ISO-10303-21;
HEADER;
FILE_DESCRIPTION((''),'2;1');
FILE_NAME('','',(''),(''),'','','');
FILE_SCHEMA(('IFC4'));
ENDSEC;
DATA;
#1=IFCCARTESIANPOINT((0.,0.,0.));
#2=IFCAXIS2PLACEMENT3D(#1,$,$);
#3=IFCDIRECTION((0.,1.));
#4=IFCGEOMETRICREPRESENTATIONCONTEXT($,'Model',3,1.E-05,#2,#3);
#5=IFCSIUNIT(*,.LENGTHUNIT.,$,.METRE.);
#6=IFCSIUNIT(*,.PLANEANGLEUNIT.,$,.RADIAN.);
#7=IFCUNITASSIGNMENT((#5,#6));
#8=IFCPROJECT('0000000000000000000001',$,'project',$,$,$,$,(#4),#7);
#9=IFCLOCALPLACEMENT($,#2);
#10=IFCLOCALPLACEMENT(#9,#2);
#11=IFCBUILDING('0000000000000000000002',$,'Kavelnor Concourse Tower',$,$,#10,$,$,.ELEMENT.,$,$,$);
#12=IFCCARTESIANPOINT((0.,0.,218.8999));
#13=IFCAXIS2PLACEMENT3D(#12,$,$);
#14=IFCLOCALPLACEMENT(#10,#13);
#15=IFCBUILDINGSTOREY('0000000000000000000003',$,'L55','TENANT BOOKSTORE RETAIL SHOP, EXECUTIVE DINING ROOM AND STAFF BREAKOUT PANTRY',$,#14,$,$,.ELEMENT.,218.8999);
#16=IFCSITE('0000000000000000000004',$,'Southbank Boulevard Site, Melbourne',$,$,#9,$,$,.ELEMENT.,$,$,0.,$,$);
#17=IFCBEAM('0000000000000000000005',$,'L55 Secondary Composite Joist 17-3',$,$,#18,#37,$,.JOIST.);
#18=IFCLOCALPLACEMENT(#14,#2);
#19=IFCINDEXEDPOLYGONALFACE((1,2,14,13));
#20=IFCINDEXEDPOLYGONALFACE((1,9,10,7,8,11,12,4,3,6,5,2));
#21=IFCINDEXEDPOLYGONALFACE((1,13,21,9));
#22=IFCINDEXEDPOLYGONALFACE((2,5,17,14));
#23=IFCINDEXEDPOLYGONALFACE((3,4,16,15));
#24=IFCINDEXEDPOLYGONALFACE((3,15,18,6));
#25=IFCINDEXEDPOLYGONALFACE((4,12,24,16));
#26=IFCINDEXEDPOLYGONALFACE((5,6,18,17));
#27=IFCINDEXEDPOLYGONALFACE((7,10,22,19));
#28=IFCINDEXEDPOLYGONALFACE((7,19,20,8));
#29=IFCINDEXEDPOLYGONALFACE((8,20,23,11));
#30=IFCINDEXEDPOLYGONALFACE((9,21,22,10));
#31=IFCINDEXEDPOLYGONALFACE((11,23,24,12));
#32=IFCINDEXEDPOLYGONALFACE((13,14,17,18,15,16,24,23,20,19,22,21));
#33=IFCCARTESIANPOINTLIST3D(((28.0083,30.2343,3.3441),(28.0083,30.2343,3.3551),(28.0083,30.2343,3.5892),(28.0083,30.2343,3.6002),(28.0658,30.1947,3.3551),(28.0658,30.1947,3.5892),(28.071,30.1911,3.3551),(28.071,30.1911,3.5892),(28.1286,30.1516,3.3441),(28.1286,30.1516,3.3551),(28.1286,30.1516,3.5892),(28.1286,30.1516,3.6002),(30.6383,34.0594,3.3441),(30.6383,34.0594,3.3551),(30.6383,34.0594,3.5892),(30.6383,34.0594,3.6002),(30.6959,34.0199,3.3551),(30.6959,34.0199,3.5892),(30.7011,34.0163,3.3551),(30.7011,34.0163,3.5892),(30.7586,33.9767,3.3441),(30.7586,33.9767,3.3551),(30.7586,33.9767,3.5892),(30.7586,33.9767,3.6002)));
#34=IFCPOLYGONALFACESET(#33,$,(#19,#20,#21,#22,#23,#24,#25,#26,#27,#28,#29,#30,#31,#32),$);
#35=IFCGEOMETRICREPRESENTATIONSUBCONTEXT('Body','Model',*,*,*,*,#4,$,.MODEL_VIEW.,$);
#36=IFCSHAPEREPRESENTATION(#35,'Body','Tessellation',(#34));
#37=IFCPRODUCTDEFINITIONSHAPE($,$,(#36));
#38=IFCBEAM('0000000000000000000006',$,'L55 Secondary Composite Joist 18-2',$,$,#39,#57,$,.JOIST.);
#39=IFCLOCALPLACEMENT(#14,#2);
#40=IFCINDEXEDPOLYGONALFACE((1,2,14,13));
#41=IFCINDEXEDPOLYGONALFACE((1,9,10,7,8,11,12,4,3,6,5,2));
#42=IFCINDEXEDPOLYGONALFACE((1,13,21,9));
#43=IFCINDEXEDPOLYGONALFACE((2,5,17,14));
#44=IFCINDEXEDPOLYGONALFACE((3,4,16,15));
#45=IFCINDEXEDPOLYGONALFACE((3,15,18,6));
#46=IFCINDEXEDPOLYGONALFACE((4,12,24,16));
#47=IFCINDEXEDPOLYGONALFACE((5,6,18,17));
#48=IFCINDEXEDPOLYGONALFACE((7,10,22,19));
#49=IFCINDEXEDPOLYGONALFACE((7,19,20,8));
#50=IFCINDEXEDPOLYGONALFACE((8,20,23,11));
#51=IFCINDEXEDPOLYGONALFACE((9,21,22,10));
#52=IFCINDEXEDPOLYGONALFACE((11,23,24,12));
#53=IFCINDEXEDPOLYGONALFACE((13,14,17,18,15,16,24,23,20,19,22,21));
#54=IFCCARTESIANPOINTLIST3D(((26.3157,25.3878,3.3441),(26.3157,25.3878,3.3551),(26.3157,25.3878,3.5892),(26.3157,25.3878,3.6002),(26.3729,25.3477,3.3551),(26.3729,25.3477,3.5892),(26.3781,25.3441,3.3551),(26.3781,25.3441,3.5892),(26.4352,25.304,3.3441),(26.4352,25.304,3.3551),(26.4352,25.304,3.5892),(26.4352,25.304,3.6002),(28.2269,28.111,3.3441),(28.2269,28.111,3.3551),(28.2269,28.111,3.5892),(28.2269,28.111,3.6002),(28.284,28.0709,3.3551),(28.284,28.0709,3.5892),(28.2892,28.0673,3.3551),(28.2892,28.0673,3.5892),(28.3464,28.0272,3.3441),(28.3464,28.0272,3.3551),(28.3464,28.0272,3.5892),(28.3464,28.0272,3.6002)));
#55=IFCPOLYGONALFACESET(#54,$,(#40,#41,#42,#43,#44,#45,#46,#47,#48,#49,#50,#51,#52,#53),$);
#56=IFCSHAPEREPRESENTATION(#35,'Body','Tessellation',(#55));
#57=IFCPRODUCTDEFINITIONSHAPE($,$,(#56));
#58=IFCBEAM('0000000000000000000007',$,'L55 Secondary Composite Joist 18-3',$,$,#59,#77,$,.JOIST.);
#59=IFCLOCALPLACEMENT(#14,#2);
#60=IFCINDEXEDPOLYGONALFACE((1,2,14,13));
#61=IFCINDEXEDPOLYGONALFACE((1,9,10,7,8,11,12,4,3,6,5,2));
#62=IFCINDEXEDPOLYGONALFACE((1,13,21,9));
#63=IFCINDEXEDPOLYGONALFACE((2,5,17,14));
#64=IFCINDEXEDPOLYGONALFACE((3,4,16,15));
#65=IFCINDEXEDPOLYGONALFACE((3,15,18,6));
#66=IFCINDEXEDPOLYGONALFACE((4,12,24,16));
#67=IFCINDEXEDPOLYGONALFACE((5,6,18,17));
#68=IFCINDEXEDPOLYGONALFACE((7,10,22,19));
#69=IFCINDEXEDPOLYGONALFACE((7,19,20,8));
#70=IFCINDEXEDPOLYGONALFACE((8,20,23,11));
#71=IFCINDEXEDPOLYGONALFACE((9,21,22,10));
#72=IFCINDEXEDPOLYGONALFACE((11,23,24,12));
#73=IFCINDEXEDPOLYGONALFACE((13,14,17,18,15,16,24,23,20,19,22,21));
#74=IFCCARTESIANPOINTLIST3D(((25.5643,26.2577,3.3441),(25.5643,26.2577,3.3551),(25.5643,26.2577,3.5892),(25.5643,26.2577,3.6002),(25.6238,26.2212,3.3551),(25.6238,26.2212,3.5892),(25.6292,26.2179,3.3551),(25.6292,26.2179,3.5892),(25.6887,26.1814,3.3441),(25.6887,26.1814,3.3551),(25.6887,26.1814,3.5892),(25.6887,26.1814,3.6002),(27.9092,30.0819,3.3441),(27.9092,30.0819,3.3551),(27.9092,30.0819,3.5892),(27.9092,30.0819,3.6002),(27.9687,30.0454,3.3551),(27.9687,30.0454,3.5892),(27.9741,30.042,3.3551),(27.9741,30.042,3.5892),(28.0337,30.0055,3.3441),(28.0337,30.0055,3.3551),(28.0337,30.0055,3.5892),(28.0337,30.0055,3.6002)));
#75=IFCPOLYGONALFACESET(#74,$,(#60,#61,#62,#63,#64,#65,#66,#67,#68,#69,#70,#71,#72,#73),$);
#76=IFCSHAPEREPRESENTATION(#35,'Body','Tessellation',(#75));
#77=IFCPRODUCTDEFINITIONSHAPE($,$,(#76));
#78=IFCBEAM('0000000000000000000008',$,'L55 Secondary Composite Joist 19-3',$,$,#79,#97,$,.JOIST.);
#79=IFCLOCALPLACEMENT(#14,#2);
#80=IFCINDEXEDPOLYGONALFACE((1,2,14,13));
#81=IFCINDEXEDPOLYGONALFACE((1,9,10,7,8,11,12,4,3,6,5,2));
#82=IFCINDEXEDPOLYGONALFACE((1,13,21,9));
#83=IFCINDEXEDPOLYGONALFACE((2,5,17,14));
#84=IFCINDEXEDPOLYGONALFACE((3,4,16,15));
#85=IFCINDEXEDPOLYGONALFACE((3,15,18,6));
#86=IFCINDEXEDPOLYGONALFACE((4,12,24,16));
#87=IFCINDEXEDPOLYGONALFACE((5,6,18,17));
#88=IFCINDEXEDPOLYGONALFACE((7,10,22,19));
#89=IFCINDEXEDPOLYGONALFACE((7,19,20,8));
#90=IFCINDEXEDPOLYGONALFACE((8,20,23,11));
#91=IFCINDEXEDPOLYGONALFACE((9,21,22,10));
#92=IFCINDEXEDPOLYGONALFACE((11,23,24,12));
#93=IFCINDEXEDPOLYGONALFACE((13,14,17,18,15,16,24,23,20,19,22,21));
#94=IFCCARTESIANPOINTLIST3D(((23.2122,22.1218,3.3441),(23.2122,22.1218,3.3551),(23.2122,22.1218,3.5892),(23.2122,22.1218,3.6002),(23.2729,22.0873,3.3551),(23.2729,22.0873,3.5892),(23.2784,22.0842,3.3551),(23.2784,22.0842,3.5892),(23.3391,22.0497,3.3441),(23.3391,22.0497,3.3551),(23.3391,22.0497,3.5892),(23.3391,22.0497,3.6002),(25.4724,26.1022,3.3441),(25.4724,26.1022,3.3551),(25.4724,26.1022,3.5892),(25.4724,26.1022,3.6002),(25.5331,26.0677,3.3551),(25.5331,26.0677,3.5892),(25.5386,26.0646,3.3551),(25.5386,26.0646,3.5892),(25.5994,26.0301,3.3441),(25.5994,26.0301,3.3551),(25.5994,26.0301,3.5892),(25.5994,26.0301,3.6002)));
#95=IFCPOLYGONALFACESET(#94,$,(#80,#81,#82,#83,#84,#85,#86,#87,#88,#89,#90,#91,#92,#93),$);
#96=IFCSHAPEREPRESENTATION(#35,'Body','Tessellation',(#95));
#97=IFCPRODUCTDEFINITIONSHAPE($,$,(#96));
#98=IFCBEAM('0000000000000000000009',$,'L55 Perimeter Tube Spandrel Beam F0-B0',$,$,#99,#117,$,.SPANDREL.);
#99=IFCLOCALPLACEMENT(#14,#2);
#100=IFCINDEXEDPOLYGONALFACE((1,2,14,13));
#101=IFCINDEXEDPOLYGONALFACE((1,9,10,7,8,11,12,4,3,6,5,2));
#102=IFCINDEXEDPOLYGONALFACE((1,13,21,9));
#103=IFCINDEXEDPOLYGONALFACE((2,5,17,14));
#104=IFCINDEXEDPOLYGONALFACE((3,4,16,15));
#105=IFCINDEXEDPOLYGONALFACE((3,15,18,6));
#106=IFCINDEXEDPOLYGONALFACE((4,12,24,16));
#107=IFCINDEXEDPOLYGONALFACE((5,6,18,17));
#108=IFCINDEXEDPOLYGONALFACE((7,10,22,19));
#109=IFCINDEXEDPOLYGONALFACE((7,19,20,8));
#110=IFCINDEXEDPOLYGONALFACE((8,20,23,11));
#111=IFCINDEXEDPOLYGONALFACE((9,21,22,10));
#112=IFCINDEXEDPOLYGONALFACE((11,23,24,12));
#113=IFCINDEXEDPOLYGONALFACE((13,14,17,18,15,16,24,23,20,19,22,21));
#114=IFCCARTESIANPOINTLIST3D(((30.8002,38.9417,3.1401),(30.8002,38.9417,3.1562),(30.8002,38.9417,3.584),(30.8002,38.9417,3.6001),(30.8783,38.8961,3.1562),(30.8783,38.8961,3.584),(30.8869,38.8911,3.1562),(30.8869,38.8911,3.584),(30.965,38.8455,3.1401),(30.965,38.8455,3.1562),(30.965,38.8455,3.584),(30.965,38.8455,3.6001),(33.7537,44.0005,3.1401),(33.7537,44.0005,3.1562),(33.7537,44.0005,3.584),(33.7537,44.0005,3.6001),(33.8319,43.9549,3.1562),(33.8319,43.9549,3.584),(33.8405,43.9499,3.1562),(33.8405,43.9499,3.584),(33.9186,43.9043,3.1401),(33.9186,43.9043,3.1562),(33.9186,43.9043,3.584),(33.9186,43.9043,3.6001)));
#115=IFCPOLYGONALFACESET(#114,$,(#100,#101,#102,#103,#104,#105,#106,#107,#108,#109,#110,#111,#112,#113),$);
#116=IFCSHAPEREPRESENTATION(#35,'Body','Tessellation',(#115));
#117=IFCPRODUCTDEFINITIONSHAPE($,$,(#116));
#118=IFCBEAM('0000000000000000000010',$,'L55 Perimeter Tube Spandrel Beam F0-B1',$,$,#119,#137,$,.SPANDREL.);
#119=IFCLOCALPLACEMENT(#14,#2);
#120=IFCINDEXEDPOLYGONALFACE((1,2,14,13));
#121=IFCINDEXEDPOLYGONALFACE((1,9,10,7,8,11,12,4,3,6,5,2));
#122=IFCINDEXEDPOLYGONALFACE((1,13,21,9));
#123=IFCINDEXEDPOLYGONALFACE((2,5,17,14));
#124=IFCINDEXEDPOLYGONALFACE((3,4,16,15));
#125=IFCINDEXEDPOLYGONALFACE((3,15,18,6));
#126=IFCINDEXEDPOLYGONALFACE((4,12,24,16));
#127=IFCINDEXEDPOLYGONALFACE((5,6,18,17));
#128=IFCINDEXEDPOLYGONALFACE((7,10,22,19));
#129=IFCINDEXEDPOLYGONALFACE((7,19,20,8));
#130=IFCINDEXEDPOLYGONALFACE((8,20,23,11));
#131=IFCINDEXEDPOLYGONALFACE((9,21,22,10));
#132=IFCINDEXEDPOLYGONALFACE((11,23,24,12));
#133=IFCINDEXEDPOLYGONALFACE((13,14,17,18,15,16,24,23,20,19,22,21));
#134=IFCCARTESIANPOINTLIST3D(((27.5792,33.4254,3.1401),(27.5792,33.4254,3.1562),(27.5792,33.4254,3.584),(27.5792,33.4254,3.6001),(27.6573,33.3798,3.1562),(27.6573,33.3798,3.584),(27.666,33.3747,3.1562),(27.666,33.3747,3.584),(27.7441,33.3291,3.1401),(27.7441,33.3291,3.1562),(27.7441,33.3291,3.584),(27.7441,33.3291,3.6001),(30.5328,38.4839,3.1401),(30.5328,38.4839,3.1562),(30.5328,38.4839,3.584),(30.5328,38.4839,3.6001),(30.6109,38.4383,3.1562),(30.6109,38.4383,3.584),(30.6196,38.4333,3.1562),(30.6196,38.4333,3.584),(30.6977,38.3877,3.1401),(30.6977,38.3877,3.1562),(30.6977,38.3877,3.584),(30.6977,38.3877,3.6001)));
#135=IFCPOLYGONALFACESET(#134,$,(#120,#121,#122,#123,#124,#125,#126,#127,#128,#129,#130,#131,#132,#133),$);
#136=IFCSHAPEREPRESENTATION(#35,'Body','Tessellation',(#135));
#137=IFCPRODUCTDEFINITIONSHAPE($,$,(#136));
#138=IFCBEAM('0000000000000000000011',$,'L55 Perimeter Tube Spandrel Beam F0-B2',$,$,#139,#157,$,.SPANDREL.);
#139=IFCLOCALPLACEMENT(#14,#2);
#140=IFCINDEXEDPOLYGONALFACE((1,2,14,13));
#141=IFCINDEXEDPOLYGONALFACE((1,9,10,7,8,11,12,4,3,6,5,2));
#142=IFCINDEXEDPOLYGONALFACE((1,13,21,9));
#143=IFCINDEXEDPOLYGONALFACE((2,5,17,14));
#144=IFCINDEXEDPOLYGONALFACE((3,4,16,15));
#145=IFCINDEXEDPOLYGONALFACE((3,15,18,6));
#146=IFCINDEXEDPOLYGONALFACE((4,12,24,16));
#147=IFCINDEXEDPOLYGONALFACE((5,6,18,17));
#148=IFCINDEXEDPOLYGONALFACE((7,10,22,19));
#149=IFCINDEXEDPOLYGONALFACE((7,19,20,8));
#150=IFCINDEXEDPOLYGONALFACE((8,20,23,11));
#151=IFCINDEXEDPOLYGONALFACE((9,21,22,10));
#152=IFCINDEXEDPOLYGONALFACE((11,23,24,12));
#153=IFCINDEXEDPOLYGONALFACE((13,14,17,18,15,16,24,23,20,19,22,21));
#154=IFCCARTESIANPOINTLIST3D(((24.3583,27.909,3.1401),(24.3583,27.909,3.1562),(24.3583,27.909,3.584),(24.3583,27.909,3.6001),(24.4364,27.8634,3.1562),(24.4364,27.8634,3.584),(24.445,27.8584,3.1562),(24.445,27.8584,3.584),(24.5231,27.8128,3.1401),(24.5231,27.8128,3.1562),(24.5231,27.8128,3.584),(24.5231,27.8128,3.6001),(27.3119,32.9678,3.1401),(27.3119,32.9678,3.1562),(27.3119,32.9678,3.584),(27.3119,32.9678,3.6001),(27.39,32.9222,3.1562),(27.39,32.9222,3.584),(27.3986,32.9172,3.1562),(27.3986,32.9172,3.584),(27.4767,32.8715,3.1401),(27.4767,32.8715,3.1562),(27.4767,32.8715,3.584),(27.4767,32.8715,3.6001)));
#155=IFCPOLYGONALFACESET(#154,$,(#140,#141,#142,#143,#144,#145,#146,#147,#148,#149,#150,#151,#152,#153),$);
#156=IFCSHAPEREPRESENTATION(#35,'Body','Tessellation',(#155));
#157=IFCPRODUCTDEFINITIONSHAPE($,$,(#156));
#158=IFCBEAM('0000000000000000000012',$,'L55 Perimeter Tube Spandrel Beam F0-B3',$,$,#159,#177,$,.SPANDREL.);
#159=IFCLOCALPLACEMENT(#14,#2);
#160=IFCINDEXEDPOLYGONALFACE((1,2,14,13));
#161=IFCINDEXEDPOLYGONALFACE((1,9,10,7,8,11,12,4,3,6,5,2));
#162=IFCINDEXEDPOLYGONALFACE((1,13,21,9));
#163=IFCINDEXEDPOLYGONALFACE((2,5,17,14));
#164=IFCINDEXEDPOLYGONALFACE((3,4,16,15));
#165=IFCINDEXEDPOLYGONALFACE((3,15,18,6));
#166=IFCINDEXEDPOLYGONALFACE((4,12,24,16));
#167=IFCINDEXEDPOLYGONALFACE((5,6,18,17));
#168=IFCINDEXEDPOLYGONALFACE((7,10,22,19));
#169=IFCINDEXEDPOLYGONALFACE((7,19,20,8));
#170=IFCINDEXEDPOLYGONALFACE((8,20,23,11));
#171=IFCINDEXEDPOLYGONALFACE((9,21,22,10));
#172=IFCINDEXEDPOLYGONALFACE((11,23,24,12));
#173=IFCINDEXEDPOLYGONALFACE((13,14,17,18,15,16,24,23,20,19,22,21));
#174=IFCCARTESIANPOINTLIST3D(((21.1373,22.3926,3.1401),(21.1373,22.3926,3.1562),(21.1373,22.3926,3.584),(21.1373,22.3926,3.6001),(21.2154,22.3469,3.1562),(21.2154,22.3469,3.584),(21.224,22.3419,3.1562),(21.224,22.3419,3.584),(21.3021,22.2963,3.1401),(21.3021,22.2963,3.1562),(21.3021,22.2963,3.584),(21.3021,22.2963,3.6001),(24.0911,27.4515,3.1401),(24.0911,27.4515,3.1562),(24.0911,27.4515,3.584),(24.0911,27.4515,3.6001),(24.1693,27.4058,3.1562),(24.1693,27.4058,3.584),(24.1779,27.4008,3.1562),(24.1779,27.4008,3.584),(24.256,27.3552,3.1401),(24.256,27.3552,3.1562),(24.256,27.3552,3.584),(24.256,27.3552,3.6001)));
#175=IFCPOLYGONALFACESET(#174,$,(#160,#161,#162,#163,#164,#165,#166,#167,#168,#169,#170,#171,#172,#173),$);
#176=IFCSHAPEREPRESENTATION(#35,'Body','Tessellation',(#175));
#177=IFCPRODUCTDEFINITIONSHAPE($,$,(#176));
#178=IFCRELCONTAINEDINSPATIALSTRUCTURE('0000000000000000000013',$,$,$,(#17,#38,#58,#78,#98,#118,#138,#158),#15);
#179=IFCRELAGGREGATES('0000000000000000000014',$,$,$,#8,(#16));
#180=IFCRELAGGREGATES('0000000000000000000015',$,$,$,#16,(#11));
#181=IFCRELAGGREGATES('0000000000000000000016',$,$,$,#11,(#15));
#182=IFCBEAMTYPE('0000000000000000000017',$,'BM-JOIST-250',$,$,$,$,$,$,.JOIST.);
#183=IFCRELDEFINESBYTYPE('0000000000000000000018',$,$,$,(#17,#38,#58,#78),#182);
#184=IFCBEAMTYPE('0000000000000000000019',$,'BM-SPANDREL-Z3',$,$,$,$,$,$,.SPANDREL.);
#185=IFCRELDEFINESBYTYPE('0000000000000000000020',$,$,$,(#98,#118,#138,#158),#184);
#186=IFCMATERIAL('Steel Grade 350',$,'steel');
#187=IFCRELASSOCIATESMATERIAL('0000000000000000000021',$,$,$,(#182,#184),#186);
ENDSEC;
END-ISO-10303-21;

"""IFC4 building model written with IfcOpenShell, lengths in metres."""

from ifc_helpers import new_model, si_unit, direction, frame, origin, origin_2d, place, context, subcontext, project, spatial, i_section, extrude, material, material_profile, profile_set, type_object, element, save


model = new_model("IFC4")

# Units and contexts
model_context = context("Model", 3, precision=1e-05, world=origin(), true_north=direction((0.0, 1.0)))
body_context = subcontext(model_context, "Body", "Model", "MODEL_VIEW")
ifc_project = project(units=[si_unit("LENGTHUNIT", "METRE"), si_unit("PLANEANGLEUNIT", "RADIAN")], contexts=[model_context])

# Site, building, storey
site_placement = place(None, origin())
site = spatial("IfcSite", under=ifc_project, at=site_placement, Name="Southbank Boulevard Site, Melbourne", CompositionType="ELEMENT", RefElevation=0.0)
building_placement = place(site_placement, origin())
building = spatial("IfcBuilding", under=site, at=building_placement, Name="Kavelnor Concourse Tower", CompositionType="ELEMENT")
storey_placement = place(building_placement, frame((0.0, 0.0, 218.8999)))
storey = spatial("IfcBuildingStorey", under=building, at=storey_placement, Name="L55", Description="TENANT BOOKSTORE RETAIL SHOP, EXECUTIVE DINING ROOM AND STAFF BREAKOUT PANTRY", CompositionType="ELEMENT", Elevation=218.8999)

# Shared definitions
ifc_material_1 = material(Name="Steel Grade 350", Category="steel")

# Beams
ifc_material_profile_1 = material_profile(ifc_material_1, i_section(OverallWidth=0.146, OverallDepth=0.2561, WebThickness=0.0063, FlangeThickness=0.011, at=origin_2d()), Name="250UB37")
ifc_profile_set_1 = profile_set([ifc_material_profile_1], Name="Steel Grade 350")
beam_type_1 = type_object("IfcBeamType", Name="BM-JOIST-250", PredefinedType="JOIST", material=ifc_profile_set_1)
beam_1_placement = place(storey_placement, frame((30.6985, 34.0181, 3.4722), z_axis=(-0.566573, -0.824011, 0.0), x_axis=(0.824011, -0.566573, 0.0)))
element("IfcBeam", 1, at=beam_1_placement, inside=storey, type_object=beam_type_1, Name="L55 Secondary Composite Joist 17-3", PredefinedType="JOIST", context=body_context, shape_type="SweptSolid", body=[
    extrude(i_section(OverallWidth=0.146, OverallDepth=0.2561, WebThickness=0.0063, FlangeThickness=0.011, at=origin_2d()), origin(), (0.0, 0.0, 1.0), 4.6421),
])
beam_2_placement = place(storey_placement, frame((28.2866, 28.0691, 3.4722), z_axis=(-0.574457, -0.818535, 0.0), x_axis=(0.818535, -0.574457, 0.0)))
element("IfcBeam", 2, at=beam_2_placement, inside=storey, type_object=beam_type_1, Name="L55 Secondary Composite Joist 18-2", PredefinedType="JOIST", context=body_context, shape_type="SweptSolid", body=[
    extrude(i_section(OverallWidth=0.146, OverallDepth=0.2561, WebThickness=0.0063, FlangeThickness=0.011, at=origin_2d()), origin(), (0.0, 0.0, 1.0), 3.3269),
])
beam_3_placement = place(storey_placement, frame((27.9714, 30.0437, 3.4722), z_axis=(-0.522739, -0.852493, 0.0), x_axis=(0.852493, -0.522739, 0.0)))
element("IfcBeam", 3, at=beam_3_placement, inside=storey, type_object=beam_type_1, Name="L55 Secondary Composite Joist 18-3", PredefinedType="JOIST", context=body_context, shape_type="SweptSolid", body=[
    extrude(i_section(OverallWidth=0.146, OverallDepth=0.2561, WebThickness=0.0063, FlangeThickness=0.011, at=origin_2d()), origin(), (0.0, 0.0, 1.0), 4.4858),
])
beam_4_placement = place(storey_placement, frame((25.5359, 26.0662, 3.4722), z_axis=(-0.493782, -0.869586, 0.0), x_axis=(0.869586, -0.493782, 0.0)))
element("IfcBeam", 4, at=beam_4_placement, inside=storey, type_object=beam_type_1, Name="L55 Secondary Composite Joist 19-3", PredefinedType="JOIST", context=body_context, shape_type="SweptSolid", body=[
    extrude(i_section(OverallWidth=0.146, OverallDepth=0.2561, WebThickness=0.0063, FlangeThickness=0.011, at=origin_2d()), origin(), (0.0, 0.0, 1.0), 4.5774),
])
ifc_material_profile_2 = material_profile(ifc_material_1, i_section(OverallWidth=0.1909, OverallDepth=0.46, WebThickness=0.01, FlangeThickness=0.0161, at=origin_2d()), Name="460UB82")
ifc_profile_set_2 = profile_set([ifc_material_profile_2], Name="Steel Grade 350")
beam_type_2 = type_object("IfcBeamType", Name="BM-SPANDREL-Z3", PredefinedType="SPANDREL", material=ifc_profile_set_2)
beam_5_placement = place(storey_placement, frame((33.8362, 43.9524, 3.3701), z_axis=(-0.504205, -0.863584, 0.0), x_axis=(0.863584, -0.504205, 0.0)))
element("IfcBeam", 5, at=beam_5_placement, inside=storey, type_object=beam_type_2, Name="L55 Perimeter Tube Spandrel Beam F0-B0", PredefinedType="SPANDREL", context=body_context, shape_type="SweptSolid", body=[
    extrude(i_section(OverallWidth=0.1909, OverallDepth=0.46, WebThickness=0.01, FlangeThickness=0.0161, at=origin_2d()), origin(), (0.0, 0.0, 1.0), 5.8579),
])
beam_6_placement = place(storey_placement, frame((30.6152, 38.4358, 3.3701), z_axis=(-0.504223, -0.863573, 0.0), x_axis=(0.863573, -0.504223, 0.0)))
element("IfcBeam", 6, at=beam_6_placement, inside=storey, type_object=beam_type_2, Name="L55 Perimeter Tube Spandrel Beam F0-B1", PredefinedType="SPANDREL", context=body_context, shape_type="SweptSolid", body=[
    extrude(i_section(OverallWidth=0.1909, OverallDepth=0.46, WebThickness=0.01, FlangeThickness=0.0161, at=origin_2d()), origin(), (0.0, 0.0, 1.0), 5.8577),
])
beam_7_placement = place(storey_placement, frame((27.3943, 32.9197, 3.3701), z_axis=(-0.504205, -0.863584, 0.0), x_axis=(0.863584, -0.504205, 0.0)))
element("IfcBeam", 7, at=beam_7_placement, inside=storey, type_object=beam_type_2, Name="L55 Perimeter Tube Spandrel Beam F0-B2", PredefinedType="SPANDREL", context=body_context, shape_type="SweptSolid", body=[
    extrude(i_section(OverallWidth=0.1909, OverallDepth=0.46, WebThickness=0.01, FlangeThickness=0.0161, at=origin_2d()), origin(), (0.0, 0.0, 1.0), 5.8579),
])
beam_8_placement = place(storey_placement, frame((24.1736, 27.4033, 3.3701), z_axis=(-0.504236, -0.863566, 0.0), x_axis=(0.863566, -0.504236, 0.0)))
element("IfcBeam", 8, at=beam_8_placement, inside=storey, type_object=beam_type_2, Name="L55 Perimeter Tube Spandrel Beam F0-B3", PredefinedType="SPANDREL", context=body_context, shape_type="SweptSolid", body=[
    extrude(i_section(OverallWidth=0.1909, OverallDepth=0.46, WebThickness=0.01, FlangeThickness=0.0161, at=origin_2d()), origin(), (0.0, 0.0, 1.0), 5.8582),
])

save(model, "model.ifc")
